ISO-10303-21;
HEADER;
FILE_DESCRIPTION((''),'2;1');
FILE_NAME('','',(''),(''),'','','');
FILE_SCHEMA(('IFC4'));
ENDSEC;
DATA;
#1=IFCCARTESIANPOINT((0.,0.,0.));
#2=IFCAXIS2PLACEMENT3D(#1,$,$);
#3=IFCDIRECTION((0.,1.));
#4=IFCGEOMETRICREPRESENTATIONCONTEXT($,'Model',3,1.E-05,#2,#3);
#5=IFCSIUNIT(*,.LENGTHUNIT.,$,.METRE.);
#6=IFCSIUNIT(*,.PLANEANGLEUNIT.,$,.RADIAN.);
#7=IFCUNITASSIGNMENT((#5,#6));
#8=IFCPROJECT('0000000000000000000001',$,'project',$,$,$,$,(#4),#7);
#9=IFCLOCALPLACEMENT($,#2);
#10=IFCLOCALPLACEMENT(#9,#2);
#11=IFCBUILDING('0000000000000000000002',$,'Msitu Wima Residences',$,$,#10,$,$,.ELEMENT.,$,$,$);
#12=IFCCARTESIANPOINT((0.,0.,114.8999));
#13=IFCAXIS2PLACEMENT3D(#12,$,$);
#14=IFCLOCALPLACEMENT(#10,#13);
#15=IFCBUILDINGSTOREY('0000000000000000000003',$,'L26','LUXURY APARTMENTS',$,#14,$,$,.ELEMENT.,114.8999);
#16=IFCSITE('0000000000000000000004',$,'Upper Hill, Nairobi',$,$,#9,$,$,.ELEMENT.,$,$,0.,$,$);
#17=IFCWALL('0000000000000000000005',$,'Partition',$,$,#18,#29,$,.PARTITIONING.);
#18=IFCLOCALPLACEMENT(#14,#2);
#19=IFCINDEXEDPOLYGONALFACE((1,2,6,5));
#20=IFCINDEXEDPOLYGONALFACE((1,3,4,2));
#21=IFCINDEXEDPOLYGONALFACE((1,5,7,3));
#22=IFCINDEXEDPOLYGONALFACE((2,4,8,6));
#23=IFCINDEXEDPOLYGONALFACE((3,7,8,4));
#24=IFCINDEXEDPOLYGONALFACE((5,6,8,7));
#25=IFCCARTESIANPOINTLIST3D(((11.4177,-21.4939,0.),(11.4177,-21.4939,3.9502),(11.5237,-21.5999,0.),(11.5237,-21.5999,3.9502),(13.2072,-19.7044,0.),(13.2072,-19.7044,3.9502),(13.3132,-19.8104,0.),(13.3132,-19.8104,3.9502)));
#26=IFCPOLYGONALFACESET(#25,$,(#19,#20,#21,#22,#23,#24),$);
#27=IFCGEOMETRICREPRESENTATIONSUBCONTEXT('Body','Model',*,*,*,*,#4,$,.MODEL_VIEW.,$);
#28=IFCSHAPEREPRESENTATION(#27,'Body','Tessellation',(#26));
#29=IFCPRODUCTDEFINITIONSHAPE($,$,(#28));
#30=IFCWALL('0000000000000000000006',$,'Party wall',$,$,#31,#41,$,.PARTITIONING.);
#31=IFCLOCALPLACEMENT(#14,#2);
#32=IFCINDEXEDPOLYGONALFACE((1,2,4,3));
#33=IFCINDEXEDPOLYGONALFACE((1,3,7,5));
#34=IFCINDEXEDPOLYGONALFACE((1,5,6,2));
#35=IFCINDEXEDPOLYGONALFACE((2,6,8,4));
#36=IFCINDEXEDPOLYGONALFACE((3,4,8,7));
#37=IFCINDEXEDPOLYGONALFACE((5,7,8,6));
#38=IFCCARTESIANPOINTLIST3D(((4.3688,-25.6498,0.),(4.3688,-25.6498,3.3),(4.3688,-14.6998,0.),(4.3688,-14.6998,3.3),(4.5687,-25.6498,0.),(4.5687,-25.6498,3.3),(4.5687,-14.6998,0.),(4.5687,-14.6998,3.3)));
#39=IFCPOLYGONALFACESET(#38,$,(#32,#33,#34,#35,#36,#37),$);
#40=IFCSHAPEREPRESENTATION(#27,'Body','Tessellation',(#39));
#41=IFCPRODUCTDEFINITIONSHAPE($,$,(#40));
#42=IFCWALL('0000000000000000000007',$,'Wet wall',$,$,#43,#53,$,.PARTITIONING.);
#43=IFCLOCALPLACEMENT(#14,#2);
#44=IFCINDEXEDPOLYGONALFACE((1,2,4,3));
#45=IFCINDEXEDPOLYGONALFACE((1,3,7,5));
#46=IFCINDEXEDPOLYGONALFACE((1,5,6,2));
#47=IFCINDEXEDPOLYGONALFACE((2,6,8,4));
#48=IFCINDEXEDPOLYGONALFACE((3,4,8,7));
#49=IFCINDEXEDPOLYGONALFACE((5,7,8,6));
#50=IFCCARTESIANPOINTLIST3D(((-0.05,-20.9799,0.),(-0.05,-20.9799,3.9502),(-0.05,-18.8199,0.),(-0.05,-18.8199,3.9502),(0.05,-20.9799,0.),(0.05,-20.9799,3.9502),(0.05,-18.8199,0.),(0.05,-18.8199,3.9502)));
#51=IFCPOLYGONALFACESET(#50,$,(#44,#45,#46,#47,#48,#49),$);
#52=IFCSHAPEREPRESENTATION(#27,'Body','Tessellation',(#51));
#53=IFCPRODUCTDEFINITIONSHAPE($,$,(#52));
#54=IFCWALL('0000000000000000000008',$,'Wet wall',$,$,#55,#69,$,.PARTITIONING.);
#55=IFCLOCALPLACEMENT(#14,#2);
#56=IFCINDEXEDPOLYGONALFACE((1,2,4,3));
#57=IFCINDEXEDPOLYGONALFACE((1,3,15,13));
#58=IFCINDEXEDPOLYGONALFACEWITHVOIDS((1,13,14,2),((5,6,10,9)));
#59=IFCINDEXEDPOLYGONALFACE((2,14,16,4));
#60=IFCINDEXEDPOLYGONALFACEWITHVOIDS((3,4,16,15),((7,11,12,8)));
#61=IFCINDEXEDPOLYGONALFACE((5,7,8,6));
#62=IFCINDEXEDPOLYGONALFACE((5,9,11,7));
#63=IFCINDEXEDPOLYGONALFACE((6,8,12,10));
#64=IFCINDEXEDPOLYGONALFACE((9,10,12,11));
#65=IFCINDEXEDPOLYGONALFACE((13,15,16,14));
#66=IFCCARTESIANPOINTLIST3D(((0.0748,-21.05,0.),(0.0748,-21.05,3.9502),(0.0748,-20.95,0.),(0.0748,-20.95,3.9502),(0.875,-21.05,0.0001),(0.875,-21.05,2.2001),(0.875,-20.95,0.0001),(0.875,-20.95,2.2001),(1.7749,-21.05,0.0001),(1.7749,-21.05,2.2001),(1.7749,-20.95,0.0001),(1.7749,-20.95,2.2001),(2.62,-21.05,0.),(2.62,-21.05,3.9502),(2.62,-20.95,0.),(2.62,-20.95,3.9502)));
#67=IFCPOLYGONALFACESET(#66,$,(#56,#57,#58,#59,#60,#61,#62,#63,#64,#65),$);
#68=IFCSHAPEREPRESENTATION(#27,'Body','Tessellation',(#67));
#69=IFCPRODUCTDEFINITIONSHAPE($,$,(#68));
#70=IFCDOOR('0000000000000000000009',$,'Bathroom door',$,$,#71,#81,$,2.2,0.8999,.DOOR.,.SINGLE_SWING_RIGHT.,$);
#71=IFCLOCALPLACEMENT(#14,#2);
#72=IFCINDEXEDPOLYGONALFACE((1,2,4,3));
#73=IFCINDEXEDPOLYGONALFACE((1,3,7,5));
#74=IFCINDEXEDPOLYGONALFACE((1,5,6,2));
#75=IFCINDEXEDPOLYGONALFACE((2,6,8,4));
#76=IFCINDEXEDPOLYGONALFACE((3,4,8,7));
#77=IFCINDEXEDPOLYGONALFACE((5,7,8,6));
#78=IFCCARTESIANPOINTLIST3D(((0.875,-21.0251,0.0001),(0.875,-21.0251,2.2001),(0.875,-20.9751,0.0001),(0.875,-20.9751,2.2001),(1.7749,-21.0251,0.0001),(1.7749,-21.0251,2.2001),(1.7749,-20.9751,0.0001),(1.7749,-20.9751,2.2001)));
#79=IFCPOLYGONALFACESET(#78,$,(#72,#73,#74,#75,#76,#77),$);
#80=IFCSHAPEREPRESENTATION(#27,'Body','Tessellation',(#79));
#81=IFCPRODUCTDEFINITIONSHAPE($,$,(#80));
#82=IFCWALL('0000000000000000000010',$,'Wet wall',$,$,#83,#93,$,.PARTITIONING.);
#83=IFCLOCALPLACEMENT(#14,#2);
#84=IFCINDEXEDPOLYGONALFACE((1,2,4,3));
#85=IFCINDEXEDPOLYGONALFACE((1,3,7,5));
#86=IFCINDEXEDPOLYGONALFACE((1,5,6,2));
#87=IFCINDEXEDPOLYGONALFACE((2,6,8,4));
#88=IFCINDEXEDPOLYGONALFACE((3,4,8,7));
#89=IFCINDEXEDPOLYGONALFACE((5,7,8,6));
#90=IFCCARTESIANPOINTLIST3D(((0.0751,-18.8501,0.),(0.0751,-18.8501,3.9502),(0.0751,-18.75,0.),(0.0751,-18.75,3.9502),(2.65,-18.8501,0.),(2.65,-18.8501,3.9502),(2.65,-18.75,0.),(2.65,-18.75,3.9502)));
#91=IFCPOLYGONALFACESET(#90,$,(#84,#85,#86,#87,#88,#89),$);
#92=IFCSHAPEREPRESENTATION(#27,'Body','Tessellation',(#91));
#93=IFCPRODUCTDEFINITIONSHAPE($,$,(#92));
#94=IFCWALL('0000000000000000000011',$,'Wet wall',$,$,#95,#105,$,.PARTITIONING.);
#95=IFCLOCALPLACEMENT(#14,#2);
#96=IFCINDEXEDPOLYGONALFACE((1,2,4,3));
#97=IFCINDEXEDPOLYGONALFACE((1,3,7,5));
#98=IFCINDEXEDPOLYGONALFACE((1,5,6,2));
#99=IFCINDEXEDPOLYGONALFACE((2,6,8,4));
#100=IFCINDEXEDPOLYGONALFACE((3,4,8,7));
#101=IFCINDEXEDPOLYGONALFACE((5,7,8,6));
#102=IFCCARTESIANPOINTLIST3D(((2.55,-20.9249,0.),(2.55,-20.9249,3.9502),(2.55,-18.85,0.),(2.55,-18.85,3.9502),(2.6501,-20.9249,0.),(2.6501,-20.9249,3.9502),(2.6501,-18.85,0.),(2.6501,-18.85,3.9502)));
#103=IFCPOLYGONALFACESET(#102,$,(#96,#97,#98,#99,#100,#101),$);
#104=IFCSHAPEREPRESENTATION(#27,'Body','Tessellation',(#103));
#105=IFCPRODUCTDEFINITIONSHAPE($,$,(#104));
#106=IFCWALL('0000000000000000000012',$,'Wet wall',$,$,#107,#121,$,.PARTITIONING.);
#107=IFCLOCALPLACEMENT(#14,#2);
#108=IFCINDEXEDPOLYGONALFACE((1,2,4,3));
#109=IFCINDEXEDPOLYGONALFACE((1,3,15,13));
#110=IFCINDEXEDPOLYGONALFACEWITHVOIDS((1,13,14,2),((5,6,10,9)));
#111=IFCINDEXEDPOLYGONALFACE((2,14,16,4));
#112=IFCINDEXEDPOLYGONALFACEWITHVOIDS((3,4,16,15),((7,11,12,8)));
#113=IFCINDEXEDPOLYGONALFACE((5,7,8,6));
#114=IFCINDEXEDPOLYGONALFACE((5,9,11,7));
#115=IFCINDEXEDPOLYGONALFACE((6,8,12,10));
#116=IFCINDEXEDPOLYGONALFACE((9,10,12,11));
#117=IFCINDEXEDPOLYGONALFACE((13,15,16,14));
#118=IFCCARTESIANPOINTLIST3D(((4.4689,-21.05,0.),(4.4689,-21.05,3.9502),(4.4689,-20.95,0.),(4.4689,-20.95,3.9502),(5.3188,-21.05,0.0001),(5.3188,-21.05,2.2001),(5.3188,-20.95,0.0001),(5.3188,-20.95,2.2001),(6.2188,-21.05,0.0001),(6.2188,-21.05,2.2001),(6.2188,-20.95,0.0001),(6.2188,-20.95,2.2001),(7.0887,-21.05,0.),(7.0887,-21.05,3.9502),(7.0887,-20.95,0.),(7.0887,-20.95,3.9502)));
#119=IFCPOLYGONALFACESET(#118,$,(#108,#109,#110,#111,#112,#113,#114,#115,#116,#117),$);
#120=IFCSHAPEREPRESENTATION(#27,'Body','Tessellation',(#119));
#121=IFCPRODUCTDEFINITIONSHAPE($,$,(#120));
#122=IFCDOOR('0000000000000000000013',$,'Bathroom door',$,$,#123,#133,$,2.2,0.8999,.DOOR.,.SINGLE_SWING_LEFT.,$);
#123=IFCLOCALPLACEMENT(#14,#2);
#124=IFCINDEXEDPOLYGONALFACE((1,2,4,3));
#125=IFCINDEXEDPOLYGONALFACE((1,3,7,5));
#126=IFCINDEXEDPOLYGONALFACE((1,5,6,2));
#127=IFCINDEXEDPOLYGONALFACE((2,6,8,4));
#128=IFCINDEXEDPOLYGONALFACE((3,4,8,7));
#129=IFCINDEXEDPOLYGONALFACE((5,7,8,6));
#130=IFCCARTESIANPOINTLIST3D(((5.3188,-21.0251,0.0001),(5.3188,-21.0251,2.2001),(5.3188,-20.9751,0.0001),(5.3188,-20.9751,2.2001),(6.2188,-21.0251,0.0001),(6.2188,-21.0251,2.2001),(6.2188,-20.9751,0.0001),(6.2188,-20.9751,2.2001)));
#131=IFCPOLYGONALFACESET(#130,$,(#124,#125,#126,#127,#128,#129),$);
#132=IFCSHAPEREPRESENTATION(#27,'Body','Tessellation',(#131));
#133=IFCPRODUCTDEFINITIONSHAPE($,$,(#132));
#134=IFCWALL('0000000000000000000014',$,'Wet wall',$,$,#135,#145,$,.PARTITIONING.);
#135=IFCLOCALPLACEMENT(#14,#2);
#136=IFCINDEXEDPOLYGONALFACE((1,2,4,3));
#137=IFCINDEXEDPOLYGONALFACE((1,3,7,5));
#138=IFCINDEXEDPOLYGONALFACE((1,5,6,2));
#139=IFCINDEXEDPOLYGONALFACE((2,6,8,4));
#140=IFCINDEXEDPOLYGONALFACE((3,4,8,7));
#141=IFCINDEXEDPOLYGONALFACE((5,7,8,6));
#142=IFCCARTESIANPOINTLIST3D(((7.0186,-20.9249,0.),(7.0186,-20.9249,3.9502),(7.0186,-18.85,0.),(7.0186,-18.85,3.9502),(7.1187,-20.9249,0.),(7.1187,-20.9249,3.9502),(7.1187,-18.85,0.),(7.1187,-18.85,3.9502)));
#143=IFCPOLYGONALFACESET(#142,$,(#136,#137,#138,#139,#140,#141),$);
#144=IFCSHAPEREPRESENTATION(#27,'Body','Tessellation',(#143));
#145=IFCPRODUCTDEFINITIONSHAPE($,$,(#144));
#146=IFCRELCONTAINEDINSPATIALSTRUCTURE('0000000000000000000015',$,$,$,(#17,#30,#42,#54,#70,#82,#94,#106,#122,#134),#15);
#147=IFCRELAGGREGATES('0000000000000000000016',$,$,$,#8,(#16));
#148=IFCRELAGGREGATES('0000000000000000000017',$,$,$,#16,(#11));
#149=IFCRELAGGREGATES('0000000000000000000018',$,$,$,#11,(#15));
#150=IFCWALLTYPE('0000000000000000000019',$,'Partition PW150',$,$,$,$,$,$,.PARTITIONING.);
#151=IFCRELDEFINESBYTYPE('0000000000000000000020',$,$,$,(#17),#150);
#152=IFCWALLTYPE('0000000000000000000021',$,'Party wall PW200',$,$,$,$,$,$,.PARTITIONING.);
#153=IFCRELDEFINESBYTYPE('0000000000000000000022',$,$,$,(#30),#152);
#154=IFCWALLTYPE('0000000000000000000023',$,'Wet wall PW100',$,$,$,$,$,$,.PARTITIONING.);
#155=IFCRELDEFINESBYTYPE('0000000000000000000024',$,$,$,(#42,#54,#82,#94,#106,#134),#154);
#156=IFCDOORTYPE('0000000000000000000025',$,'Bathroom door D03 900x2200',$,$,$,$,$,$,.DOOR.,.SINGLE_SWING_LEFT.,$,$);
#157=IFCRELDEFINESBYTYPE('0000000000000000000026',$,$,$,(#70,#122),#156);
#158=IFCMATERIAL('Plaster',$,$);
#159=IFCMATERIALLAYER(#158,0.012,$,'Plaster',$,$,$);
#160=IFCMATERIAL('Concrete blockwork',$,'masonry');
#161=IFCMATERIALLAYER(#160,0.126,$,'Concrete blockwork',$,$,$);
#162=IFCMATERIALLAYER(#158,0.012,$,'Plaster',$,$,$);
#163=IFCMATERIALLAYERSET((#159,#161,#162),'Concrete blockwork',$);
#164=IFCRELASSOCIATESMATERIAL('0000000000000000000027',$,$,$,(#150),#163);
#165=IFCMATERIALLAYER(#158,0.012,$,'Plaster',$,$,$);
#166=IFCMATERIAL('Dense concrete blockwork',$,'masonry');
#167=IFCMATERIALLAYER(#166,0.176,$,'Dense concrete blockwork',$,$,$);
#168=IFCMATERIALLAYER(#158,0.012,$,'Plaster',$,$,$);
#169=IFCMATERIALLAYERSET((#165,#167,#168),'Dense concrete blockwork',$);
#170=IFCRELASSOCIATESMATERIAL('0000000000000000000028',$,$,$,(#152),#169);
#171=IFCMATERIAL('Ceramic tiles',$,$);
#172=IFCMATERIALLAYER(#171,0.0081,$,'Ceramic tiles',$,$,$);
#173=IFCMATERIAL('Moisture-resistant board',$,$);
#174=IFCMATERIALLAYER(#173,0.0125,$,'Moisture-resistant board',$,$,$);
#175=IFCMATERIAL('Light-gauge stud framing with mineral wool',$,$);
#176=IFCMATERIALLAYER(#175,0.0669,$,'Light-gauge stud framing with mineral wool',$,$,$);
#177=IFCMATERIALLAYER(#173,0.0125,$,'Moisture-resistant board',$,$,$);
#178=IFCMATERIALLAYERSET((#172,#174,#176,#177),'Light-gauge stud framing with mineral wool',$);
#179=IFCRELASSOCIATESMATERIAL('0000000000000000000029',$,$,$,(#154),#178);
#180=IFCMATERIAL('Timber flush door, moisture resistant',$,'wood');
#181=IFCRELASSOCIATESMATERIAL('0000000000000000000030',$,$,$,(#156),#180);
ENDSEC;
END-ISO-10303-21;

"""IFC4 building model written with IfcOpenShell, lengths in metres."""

from ifc_helpers import new_model, si_unit, direction, frame, frame_2d, origin, place, context, subcontext, project, spatial, rectangle, extrude, material, layer, layer_set, type_object, element, fill, save


model = new_model("IFC4")

# Units and contexts
model_context = context("Model", 3, precision=1e-05, world=origin(), true_north=direction((0.0, 1.0)))
body_context = subcontext(model_context, "Body", "Model", "MODEL_VIEW")
ifc_project = project(units=[si_unit("LENGTHUNIT", "METRE"), si_unit("PLANEANGLEUNIT", "RADIAN")], contexts=[model_context])

# Site, building, storey
site_placement = place(None, origin())
site = spatial("IfcSite", under=ifc_project, at=site_placement, Name="Upper Hill, Nairobi", CompositionType="ELEMENT", RefElevation=0.0)
building_placement = place(site_placement, origin())
building = spatial("IfcBuilding", under=site, at=building_placement, Name="Msitu Wima Residences", CompositionType="ELEMENT")
storey_placement = place(building_placement, frame((0.0, 0.0, 114.8999)))
storey = spatial("IfcBuildingStorey", under=building, at=storey_placement, Name="L26", Description="LUXURY APARTMENTS", CompositionType="ELEMENT", Elevation=114.8999)

# Shared definitions
ifc_material_1 = material(Name="Plaster")
ifc_layer_1 = layer(ifc_material_1, 0.012, Name="Plaster")
ifc_material_2 = material(Name="Concrete blockwork", Category="masonry")
ifc_layer_2 = layer(ifc_material_2, 0.126, Name="Concrete blockwork")
ifc_layer_3 = layer(ifc_material_1, 0.012, Name="Plaster")
ifc_layer_set_1 = layer_set([ifc_layer_1, ifc_layer_2, ifc_layer_3], Name="Concrete blockwork")
wall_type_1 = type_object("IfcWallType", Name="Partition PW150", PredefinedType="PARTITIONING", material=ifc_layer_set_1)

# Walls
wall_1_placement = place(storey_placement, frame((11.4707, -21.5469, 0.0), z_axis=(0.0, 0.0, 1.0), x_axis=(0.707107, 0.707107, 0.0)))
element("IfcWall", 1, at=wall_1_placement, inside=storey, type_object=wall_type_1, Name="Partition", PredefinedType="PARTITIONING", context=body_context, shape_type="SweptSolid", body=[
    extrude(rectangle(XDim=2.5308, YDim=0.1499, at=frame_2d((1.2654, 0.0))), origin(), (0.0, 0.0, 1.0), 3.9502),
])
ifc_layer_4 = layer(ifc_material_1, 0.012, Name="Plaster")
ifc_material_3 = material(Name="Dense concrete blockwork", Category="masonry")
ifc_layer_5 = layer(ifc_material_3, 0.176, Name="Dense concrete blockwork")
ifc_layer_6 = layer(ifc_material_1, 0.012, Name="Plaster")
ifc_layer_set_2 = layer_set([ifc_layer_4, ifc_layer_5, ifc_layer_6], Name="Dense concrete blockwork")
wall_type_2 = type_object("IfcWallType", Name="Party wall PW200", PredefinedType="PARTITIONING", material=ifc_layer_set_2)
wall_2_placement = place(storey_placement, frame((4.4688, -25.6499, 0.0), z_axis=(0.0, 0.0, 1.0), x_axis=(0.0, 1.0, 0.0)))
element("IfcWall", 2, at=wall_2_placement, inside=storey, type_object=wall_type_2, Name="Party wall", PredefinedType="PARTITIONING", context=body_context, shape_type="SweptSolid", body=[
    extrude(rectangle(XDim=10.95, YDim=0.2, at=frame_2d((5.4751, 0.0))), origin(), (0.0, 0.0, 1.0), 3.3),
])
ifc_material_4 = material(Name="Ceramic tiles")
ifc_layer_7 = layer(ifc_material_4, 0.0081, Name="Ceramic tiles")
ifc_material_5 = material(Name="Moisture-resistant board")
ifc_layer_8 = layer(ifc_material_5, 0.0125, Name="Moisture-resistant board")
ifc_material_6 = material(Name="Light-gauge stud framing with mineral wool")
ifc_layer_9 = layer(ifc_material_6, 0.0669, Name="Light-gauge stud framing with mineral wool")
ifc_layer_10 = layer(ifc_material_5, 0.0125, Name="Moisture-resistant board")
ifc_layer_set_3 = layer_set([ifc_layer_7, ifc_layer_8, ifc_layer_9, ifc_layer_10], Name="Light-gauge stud framing with mineral wool")
wall_type_3 = type_object("IfcWallType", Name="Wet wall PW100", PredefinedType="PARTITIONING", material=ifc_layer_set_3)
wall_3_placement = place(storey_placement, frame((0.0, -20.98, 0.0), z_axis=(0.0, 0.0, 1.0), x_axis=(0.0, 1.0, 0.0)))
element("IfcWall", 3, at=wall_3_placement, inside=storey, type_object=wall_type_3, Name="Wet wall", PredefinedType="PARTITIONING", context=body_context, shape_type="SweptSolid", body=[
    extrude(rectangle(XDim=2.1599, YDim=0.1001, at=frame_2d((1.0801, 0.0))), origin(), (0.0, 0.0, 1.0), 3.9502),
])

# Wall, opening, door
wall_4_placement = place(storey_placement, frame((0.075, -21.0, 0.0), z_axis=(0.0, 0.0, 1.0), x_axis=(1.0, 0.0, 0.0)))
wall_4 = element("IfcWall", 4, at=wall_4_placement, inside=storey, type_object=wall_type_3, Name="Wet wall", PredefinedType="PARTITIONING", context=body_context, shape_type="SweptSolid", body=[
    extrude(rectangle(XDim=2.5452, YDim=0.1001, at=frame_2d((1.2725, 0.0))), origin(), (0.0, 0.0, 1.0), 3.9502),
])
opening_1_placement = place(wall_4_placement, frame((0.8, 0.0, 0.0)))
opening_1 = element("IfcOpeningElement", 5, at=opening_1_placement, cuts=wall_4, PredefinedType="OPENING", context=body_context, shape_type="SweptSolid", body=[
    extrude(rectangle(XDim=0.8999, YDim=2.2, at=frame_2d((0.45, 1.1001))), frame((0.0, 0.0601, 0.0), z_axis=(0.0, -1.0, 0.0), x_axis=(1.0, 0.0, 0.0)), (0.0, 0.0, 1.0), 0.1201),
])
ifc_material_7 = material(Name="Timber flush door, moisture resistant", Category="wood")
door_type_1 = type_object("IfcDoorType", Name="Bathroom door D03 900x2200", OperationType="SINGLE_SWING_LEFT", PredefinedType="DOOR", material=ifc_material_7)
door_1_placement = place(opening_1_placement, origin())
door_1 = element("IfcDoor", 6, at=door_1_placement, inside=storey, type_object=door_type_1, Name="Bathroom door", OperationType="SINGLE_SWING_RIGHT", OverallHeight=2.2, OverallWidth=0.8999, PredefinedType="DOOR", context=body_context, shape_type="SweptSolid", body=[
    extrude(rectangle(XDim=0.8999, YDim=2.2, at=frame_2d((0.45, 1.1001))), frame((0.0, 0.0249, 0.0), z_axis=(0.0, -1.0, 0.0), x_axis=(1.0, 0.0, 0.0)), (0.0, 0.0, 1.0), 0.05),
])
fill(opening_1, door_1)

# Walls
wall_5_placement = place(storey_placement, frame((0.075, -18.8, 0.0), z_axis=(0.0, 0.0, 1.0), x_axis=(1.0, 0.0, 0.0)))
element("IfcWall", 7, at=wall_5_placement, inside=storey, type_object=wall_type_3, Name="Wet wall", PredefinedType="PARTITIONING", context=body_context, shape_type="SweptSolid", body=[
    extrude(rectangle(XDim=2.575, YDim=0.1001, at=frame_2d((1.2876, 0.0))), origin(), (0.0, 0.0, 1.0), 3.9502),
])
wall_6_placement = place(storey_placement, frame((2.6001, -20.925, 0.0), z_axis=(0.0, 0.0, 1.0), x_axis=(0.0, 1.0, 0.0)))
element("IfcWall", 8, at=wall_6_placement, inside=storey, type_object=wall_type_3, Name="Wet wall", PredefinedType="PARTITIONING", context=body_context, shape_type="SweptSolid", body=[
    extrude(rectangle(XDim=2.075, YDim=0.1001, at=frame_2d((1.0376, 0.0))), origin(), (0.0, 0.0, 1.0), 3.9502),
])

# Wall, opening, door
wall_7_placement = place(storey_placement, frame((4.4688, -21.0, 0.0), z_axis=(0.0, 0.0, 1.0), x_axis=(1.0, 0.0, 0.0)))
wall_7 = element("IfcWall", 9, at=wall_7_placement, inside=storey, type_object=wall_type_3, Name="Wet wall", PredefinedType="PARTITIONING", context=body_context, shape_type="SweptSolid", body=[
    extrude(rectangle(XDim=2.6199, YDim=0.1001, at=frame_2d((1.3101, 0.0))), origin(), (0.0, 0.0, 1.0), 3.9502),
])
opening_2_placement = place(wall_7_placement, frame((0.8501, 0.0, 0.0)))
opening_2 = element("IfcOpeningElement", 10, at=opening_2_placement, cuts=wall_7, PredefinedType="OPENING", context=body_context, shape_type="SweptSolid", body=[
    extrude(rectangle(XDim=0.8999, YDim=2.2, at=frame_2d((0.45, 1.1001))), frame((0.0, 0.0601, 0.0), z_axis=(0.0, -1.0, 0.0), x_axis=(1.0, 0.0, 0.0)), (0.0, 0.0, 1.0), 0.1201),
])
door_2_placement = place(opening_2_placement, origin())
door_2 = element("IfcDoor", 11, at=door_2_placement, inside=storey, type_object=door_type_1, Name="Bathroom door", OperationType="SINGLE_SWING_LEFT", OverallHeight=2.2, OverallWidth=0.8999, PredefinedType="DOOR", context=body_context, shape_type="SweptSolid", body=[
    extrude(rectangle(XDim=0.8999, YDim=2.2, at=frame_2d((0.45, 1.1001))), frame((0.0, 0.0249, 0.0), z_axis=(0.0, -1.0, 0.0), x_axis=(1.0, 0.0, 0.0)), (0.0, 0.0, 1.0), 0.05),
])
fill(opening_2, door_2)

# Wall
wall_8_placement = place(storey_placement, frame((7.0686, -20.925, 0.0), z_axis=(0.0, 0.0, 1.0), x_axis=(0.0, 1.0, 0.0)))
element("IfcWall", 12, at=wall_8_placement, inside=storey, type_object=wall_type_3, Name="Wet wall", PredefinedType="PARTITIONING", context=body_context, shape_type="SweptSolid", body=[
    extrude(rectangle(XDim=2.075, YDim=0.1001, at=frame_2d((1.0376, 0.0))), origin(), (0.0, 0.0, 1.0), 3.9502),
])

save(model, "model.ifc")
